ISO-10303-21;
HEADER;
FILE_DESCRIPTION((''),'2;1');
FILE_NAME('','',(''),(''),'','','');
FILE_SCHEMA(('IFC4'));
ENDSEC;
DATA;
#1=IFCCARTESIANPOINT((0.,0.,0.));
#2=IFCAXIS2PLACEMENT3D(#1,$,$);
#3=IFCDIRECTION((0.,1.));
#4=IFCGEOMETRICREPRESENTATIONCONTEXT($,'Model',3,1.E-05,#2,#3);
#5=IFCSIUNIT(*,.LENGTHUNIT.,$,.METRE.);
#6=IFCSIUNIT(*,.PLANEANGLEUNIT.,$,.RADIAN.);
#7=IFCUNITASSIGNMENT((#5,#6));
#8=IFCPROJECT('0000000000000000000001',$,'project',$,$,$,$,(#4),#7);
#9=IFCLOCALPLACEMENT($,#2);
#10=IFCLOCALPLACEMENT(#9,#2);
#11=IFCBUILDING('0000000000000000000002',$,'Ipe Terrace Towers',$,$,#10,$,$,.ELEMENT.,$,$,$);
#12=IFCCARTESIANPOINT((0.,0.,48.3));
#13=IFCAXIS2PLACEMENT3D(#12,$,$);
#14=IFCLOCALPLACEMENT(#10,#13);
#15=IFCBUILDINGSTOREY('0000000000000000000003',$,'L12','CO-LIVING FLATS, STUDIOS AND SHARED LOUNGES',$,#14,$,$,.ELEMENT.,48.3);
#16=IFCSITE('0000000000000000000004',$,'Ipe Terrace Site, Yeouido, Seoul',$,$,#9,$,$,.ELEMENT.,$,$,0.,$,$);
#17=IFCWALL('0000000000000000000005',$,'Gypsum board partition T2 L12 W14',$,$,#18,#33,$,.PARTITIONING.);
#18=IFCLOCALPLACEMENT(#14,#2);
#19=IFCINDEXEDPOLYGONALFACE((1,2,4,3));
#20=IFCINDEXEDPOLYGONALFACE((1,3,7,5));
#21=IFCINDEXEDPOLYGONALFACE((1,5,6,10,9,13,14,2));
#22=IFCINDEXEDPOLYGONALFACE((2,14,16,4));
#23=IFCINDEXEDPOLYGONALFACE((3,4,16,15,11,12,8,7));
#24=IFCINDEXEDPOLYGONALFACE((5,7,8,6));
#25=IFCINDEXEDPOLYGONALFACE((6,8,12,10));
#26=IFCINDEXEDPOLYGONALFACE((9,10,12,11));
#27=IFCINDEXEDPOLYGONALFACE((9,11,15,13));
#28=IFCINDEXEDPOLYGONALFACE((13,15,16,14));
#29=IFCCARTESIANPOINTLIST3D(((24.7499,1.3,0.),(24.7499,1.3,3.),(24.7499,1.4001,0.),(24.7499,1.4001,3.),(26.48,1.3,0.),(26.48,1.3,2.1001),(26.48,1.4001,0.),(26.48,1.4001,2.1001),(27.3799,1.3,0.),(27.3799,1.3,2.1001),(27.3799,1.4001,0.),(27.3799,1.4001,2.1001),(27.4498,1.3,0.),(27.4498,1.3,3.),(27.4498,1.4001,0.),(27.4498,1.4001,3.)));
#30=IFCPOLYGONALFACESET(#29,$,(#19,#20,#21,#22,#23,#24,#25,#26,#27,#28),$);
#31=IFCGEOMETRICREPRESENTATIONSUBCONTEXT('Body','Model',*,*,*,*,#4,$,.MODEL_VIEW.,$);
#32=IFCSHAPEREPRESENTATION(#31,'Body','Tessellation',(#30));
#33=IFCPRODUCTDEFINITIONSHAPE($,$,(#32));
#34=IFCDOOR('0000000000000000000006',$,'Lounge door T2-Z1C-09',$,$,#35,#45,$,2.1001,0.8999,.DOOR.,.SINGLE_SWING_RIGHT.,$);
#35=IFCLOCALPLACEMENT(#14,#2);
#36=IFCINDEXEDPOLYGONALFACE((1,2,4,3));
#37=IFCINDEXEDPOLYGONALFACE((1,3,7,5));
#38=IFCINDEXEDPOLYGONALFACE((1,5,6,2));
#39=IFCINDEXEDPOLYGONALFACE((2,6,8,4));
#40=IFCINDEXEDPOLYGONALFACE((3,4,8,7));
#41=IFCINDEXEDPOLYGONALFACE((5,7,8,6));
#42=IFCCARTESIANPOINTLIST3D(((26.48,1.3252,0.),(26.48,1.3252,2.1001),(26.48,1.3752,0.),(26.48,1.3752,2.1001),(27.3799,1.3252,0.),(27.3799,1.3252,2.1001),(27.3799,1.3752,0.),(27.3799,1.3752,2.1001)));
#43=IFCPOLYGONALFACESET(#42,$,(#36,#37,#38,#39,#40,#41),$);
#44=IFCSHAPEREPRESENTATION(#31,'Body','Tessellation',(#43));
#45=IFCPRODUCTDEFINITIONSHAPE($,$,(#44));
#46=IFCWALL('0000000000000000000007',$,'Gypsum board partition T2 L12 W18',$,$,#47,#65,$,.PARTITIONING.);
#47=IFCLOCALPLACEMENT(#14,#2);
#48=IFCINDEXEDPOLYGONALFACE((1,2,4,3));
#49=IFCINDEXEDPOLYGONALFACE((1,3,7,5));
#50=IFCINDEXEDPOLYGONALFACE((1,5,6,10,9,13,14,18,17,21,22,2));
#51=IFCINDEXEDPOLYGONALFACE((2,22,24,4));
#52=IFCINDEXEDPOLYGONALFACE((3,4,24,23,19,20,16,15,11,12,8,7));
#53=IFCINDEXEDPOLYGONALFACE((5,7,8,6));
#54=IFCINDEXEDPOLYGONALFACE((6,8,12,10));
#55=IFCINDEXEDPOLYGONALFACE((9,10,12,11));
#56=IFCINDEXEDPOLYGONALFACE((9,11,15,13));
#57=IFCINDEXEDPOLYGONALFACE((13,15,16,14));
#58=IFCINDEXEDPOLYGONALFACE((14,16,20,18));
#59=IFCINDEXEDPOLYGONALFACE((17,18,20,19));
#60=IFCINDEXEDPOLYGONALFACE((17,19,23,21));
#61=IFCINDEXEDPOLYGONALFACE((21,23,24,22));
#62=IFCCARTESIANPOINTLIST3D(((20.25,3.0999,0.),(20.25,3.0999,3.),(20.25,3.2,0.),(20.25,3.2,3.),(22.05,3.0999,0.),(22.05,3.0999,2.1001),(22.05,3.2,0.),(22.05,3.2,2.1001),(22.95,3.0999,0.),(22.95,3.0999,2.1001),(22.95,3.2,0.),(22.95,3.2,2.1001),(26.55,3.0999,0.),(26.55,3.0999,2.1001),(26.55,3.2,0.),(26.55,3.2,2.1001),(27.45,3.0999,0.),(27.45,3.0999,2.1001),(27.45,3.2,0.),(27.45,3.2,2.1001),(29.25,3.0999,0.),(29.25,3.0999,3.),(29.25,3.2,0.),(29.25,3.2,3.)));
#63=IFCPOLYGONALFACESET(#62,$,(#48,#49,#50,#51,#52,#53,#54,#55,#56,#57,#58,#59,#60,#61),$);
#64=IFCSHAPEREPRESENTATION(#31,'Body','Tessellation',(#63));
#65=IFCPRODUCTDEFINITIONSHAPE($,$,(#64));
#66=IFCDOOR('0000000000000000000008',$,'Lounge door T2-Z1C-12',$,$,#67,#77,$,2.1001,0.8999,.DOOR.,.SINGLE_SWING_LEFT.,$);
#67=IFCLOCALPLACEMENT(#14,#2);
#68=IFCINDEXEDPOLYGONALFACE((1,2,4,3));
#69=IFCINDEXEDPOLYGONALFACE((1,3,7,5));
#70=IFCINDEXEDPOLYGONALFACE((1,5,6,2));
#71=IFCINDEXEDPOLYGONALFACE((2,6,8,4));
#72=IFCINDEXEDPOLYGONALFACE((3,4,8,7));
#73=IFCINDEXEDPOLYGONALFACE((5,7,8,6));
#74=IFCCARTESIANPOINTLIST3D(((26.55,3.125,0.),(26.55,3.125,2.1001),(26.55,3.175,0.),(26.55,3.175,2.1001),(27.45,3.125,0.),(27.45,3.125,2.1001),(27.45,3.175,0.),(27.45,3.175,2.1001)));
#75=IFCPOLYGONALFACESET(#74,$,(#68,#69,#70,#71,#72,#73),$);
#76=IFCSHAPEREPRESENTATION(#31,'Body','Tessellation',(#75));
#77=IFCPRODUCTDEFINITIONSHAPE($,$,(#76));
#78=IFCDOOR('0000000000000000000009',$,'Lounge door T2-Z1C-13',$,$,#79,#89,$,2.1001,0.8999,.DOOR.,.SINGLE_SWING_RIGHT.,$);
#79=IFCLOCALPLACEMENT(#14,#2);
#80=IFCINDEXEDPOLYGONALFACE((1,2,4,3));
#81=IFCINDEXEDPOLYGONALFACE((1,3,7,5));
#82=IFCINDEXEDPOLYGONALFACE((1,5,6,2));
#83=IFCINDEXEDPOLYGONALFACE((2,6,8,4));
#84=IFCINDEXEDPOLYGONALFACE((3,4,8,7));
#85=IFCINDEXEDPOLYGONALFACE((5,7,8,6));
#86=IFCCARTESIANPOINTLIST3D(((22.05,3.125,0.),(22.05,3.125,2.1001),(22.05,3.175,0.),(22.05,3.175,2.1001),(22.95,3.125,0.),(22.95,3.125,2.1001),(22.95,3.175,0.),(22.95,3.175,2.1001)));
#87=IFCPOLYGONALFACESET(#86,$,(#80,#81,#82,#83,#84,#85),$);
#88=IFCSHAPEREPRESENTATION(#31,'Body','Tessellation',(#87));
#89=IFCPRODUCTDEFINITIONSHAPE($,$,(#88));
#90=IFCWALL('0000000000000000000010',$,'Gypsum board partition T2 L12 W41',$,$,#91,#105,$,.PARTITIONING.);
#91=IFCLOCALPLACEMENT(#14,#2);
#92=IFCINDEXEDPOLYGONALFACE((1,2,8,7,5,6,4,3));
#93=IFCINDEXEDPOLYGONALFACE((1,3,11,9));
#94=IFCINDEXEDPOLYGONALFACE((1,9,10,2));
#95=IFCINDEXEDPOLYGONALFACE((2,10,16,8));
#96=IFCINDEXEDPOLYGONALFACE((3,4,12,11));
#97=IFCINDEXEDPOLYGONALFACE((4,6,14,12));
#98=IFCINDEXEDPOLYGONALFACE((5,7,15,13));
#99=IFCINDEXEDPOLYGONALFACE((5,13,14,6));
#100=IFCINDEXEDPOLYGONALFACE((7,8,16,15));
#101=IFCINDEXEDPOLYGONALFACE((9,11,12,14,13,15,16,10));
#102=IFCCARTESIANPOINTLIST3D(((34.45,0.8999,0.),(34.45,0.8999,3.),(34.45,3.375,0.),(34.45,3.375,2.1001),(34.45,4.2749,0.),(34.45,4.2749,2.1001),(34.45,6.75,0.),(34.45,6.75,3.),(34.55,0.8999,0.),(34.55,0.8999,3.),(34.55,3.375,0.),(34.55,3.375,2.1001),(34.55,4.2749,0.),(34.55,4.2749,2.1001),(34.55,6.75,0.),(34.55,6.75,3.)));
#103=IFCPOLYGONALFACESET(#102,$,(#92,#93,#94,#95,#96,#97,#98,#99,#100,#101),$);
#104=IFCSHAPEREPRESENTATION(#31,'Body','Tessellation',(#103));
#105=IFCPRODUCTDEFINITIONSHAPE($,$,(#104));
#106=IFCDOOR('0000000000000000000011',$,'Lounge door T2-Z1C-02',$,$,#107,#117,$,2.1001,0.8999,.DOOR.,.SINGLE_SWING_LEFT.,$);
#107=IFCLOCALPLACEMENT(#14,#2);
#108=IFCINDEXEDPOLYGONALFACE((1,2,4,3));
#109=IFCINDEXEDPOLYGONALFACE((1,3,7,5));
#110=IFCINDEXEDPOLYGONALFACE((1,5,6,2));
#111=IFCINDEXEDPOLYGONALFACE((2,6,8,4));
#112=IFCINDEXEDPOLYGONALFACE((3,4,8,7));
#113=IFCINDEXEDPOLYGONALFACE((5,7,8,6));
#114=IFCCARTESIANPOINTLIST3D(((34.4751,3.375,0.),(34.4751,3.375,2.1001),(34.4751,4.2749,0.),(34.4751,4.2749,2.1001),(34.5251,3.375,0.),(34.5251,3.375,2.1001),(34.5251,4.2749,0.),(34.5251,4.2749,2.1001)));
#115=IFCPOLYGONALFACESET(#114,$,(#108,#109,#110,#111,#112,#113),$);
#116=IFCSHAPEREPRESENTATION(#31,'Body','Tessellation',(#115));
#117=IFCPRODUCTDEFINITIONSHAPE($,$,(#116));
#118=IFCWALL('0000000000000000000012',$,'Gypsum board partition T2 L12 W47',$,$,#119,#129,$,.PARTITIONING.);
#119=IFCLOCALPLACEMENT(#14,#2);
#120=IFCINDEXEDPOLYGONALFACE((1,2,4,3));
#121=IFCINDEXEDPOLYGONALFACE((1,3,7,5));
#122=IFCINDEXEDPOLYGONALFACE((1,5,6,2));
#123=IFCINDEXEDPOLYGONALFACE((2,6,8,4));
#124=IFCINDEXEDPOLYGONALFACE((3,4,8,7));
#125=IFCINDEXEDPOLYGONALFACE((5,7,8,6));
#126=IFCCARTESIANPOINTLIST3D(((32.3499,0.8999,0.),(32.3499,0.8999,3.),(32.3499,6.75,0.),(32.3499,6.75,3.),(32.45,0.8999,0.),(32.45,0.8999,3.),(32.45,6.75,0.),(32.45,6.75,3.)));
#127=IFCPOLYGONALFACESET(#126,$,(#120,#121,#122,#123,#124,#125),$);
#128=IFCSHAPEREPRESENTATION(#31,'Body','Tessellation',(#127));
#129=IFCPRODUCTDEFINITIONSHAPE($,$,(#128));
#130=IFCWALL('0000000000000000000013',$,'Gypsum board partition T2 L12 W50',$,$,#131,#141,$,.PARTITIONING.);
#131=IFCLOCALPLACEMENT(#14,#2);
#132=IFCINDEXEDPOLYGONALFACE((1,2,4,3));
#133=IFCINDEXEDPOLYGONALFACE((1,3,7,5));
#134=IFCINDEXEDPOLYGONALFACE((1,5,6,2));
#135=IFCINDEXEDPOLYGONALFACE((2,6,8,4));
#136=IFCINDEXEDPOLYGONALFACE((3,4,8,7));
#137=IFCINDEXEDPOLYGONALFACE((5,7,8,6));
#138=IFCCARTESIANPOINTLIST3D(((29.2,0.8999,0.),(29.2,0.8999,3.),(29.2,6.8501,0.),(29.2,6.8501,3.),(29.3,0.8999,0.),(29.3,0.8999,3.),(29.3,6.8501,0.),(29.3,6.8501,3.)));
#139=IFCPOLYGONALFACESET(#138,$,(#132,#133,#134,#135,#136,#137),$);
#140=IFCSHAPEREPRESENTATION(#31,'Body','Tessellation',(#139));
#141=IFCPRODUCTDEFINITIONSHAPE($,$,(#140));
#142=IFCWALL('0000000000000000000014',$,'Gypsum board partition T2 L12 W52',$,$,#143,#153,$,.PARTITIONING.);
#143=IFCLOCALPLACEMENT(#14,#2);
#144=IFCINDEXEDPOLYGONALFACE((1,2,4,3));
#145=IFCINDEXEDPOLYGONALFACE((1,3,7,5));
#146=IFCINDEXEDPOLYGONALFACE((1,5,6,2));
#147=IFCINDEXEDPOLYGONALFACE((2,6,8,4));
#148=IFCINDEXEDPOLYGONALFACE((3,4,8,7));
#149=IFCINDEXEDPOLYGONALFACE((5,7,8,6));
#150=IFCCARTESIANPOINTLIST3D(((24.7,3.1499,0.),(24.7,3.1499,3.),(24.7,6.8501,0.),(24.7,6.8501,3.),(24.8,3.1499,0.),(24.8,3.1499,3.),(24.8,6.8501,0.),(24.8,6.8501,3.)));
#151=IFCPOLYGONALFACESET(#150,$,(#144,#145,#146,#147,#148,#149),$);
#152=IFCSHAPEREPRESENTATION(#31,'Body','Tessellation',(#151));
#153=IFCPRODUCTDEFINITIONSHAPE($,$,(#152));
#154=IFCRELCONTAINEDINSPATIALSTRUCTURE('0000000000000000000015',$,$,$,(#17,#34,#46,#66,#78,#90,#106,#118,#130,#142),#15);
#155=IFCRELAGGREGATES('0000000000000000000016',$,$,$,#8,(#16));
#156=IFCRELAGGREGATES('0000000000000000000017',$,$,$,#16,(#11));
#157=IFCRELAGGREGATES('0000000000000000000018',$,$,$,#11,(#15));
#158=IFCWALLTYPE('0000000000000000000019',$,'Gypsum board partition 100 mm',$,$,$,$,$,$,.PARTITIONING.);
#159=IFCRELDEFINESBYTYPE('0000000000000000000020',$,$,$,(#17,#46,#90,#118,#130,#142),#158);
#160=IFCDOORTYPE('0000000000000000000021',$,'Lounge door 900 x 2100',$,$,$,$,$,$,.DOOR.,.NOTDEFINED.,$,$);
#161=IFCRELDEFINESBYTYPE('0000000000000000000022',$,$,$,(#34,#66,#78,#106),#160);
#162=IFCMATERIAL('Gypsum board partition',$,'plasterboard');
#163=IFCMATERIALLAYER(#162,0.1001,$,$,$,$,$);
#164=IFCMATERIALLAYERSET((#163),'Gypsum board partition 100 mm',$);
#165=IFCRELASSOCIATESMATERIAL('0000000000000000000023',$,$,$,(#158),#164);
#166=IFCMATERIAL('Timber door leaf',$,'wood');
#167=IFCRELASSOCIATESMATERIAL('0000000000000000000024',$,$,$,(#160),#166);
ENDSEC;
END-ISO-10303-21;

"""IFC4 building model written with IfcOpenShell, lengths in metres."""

from ifc_helpers import new_model, si_unit, direction, frame, frame_2d, origin, place, context, subcontext, project, spatial, rectangle, extrude, material, layer, layer_set, type_object, element, fill, save


model = new_model("IFC4")

# Units and contexts
model_context = context("Model", 3, precision=1e-05, world=origin(), true_north=direction((0.0, 1.0)))
body_context = subcontext(model_context, "Body", "Model", "MODEL_VIEW")
ifc_project = project(units=[si_unit("LENGTHUNIT", "METRE"), si_unit("PLANEANGLEUNIT", "RADIAN")], contexts=[model_context])

# Site, building, storey
site_placement = place(None, origin())
site = spatial("IfcSite", under=ifc_project, at=site_placement, Name="Ipe Terrace Site, Yeouido, Seoul", CompositionType="ELEMENT", RefElevation=0.0)
building_placement = place(site_placement, origin())
building = spatial("IfcBuilding", under=site, at=building_placement, Name="Ipe Terrace Towers", CompositionType="ELEMENT")
storey_placement = place(building_placement, frame((0.0, 0.0, 48.3)))
storey = spatial("IfcBuildingStorey", under=building, at=storey_placement, Name="L12", Description="CO-LIVING FLATS, STUDIOS AND SHARED LOUNGES", CompositionType="ELEMENT", Elevation=48.3)

# Wall, opening, door
ifc_material_1 = material(Name="Gypsum board partition", Category="plasterboard")
ifc_layer_1 = layer(ifc_material_1, 0.1001)
ifc_layer_set_1 = layer_set([ifc_layer_1], Name="Gypsum board partition 100 mm")
wall_type_1 = type_object("IfcWallType", Name="Gypsum board partition 100 mm", PredefinedType="PARTITIONING", material=ifc_layer_set_1)
ifc_material_2 = material(Name="Timber door leaf", Category="wood")
door_type_1 = type_object("IfcDoorType", Name="Lounge door 900 x 2100", OperationType="NOTDEFINED", PredefinedType="DOOR", material=ifc_material_2)
wall_1_placement = place(storey_placement, frame((27.45, 1.3501, 0.0), z_axis=(0.0, 0.0, 1.0), x_axis=(-1.0, 0.0, 0.0)))
wall_1 = element("IfcWall", 1, at=wall_1_placement, inside=storey, type_object=wall_type_1, Name="Gypsum board partition T2 L12 W14", PredefinedType="PARTITIONING", context=body_context, shape_type="SweptSolid", body=[
    extrude(rectangle(XDim=2.7, YDim=0.1001, at=frame_2d((1.3501, 0.0))), origin(), (0.0, 0.0, 1.0), 3.0),
])
opening_1_placement = place(wall_1_placement, frame((0.0701, 0.0, 0.0)))
opening_1 = element("IfcOpeningElement", 2, at=opening_1_placement, cuts=wall_1, PredefinedType="OPENING", context=body_context, shape_type="SweptSolid", body=[
    extrude(rectangle(XDim=0.8999, YDim=2.1001, at=frame_2d((0.45, 1.05))), frame((0.0, 0.0601, 0.0), z_axis=(0.0, -1.0, 0.0), x_axis=(1.0, 0.0, 0.0)), (0.0, 0.0, 1.0), 0.1201),
])
door_1_placement = place(opening_1_placement, origin())
door_1 = element("IfcDoor", 3, at=door_1_placement, inside=storey, type_object=door_type_1, Name="Lounge door T2-Z1C-09", OperationType="SINGLE_SWING_RIGHT", OverallHeight=2.1001, OverallWidth=0.8999, PredefinedType="DOOR", context=body_context, shape_type="SweptSolid", body=[
    extrude(rectangle(XDim=0.8999, YDim=2.1001, at=frame_2d((0.45, 1.05))), frame((0.0, 0.0249, 0.0), z_axis=(0.0, -1.0, 0.0), x_axis=(1.0, 0.0, 0.0)), (0.0, 0.0, 1.0), 0.05),
])
fill(opening_1, door_1)

# Wall, openings, doors
wall_2_placement = place(storey_placement, frame((29.25, 3.1499, 0.0), z_axis=(0.0, 0.0, 1.0), x_axis=(-1.0, 0.0, 0.0)))
wall_2 = element("IfcWall", 4, at=wall_2_placement, inside=storey, type_object=wall_type_1, Name="Gypsum board partition T2 L12 W18", PredefinedType="PARTITIONING", context=body_context, shape_type="SweptSolid", body=[
    extrude(rectangle(XDim=9.0, YDim=0.1001, at=frame_2d((4.5, 0.0))), origin(), (0.0, 0.0, 1.0), 3.0),
])
opening_2_placement = place(wall_2_placement, frame((1.8, 0.0, 0.0)))
opening_2 = element("IfcOpeningElement", 5, at=opening_2_placement, cuts=wall_2, PredefinedType="OPENING", context=body_context, shape_type="SweptSolid", body=[
    extrude(rectangle(XDim=0.8999, YDim=2.1001, at=frame_2d((0.45, 1.05))), frame((0.0, 0.0601, 0.0), z_axis=(0.0, -1.0, 0.0), x_axis=(1.0, 0.0, 0.0)), (0.0, 0.0, 1.0), 0.1201),
])
opening_3_placement = place(wall_2_placement, frame((6.3, 0.0, 0.0)))
opening_3 = element("IfcOpeningElement", 6, at=opening_3_placement, cuts=wall_2, PredefinedType="OPENING", context=body_context, shape_type="SweptSolid", body=[
    extrude(rectangle(XDim=0.8999, YDim=2.1001, at=frame_2d((0.45, 1.05))), frame((0.0, 0.0601, 0.0), z_axis=(0.0, -1.0, 0.0), x_axis=(1.0, 0.0, 0.0)), (0.0, 0.0, 1.0), 0.1201),
])
door_2_placement = place(opening_2_placement, origin())
door_2 = element("IfcDoor", 7, at=door_2_placement, inside=storey, type_object=door_type_1, Name="Lounge door T2-Z1C-12", OperationType="SINGLE_SWING_LEFT", OverallHeight=2.1001, OverallWidth=0.8999, PredefinedType="DOOR", context=body_context, shape_type="SweptSolid", body=[
    extrude(rectangle(XDim=0.8999, YDim=2.1001, at=frame_2d((0.45, 1.05))), frame((0.0, 0.0249, 0.0), z_axis=(0.0, -1.0, 0.0), x_axis=(1.0, 0.0, 0.0)), (0.0, 0.0, 1.0), 0.05),
])
fill(opening_2, door_2)
door_3_placement = place(opening_3_placement, origin())
door_3 = element("IfcDoor", 8, at=door_3_placement, inside=storey, type_object=door_type_1, Name="Lounge door T2-Z1C-13", OperationType="SINGLE_SWING_RIGHT", OverallHeight=2.1001, OverallWidth=0.8999, PredefinedType="DOOR", context=body_context, shape_type="SweptSolid", body=[
    extrude(rectangle(XDim=0.8999, YDim=2.1001, at=frame_2d((0.45, 1.05))), frame((0.0, 0.0249, 0.0), z_axis=(0.0, -1.0, 0.0), x_axis=(1.0, 0.0, 0.0)), (0.0, 0.0, 1.0), 0.05),
])
fill(opening_3, door_3)

# Wall, opening, door
wall_3_placement = place(storey_placement, frame((34.5, 0.8999, 0.0), z_axis=(0.0, 0.0, 1.0), x_axis=(0.0, 1.0, 0.0)))
wall_3 = element("IfcWall", 9, at=wall_3_placement, inside=storey, type_object=wall_type_1, Name="Gypsum board partition T2 L12 W41", PredefinedType="PARTITIONING", context=body_context, shape_type="SweptSolid", body=[
    extrude(rectangle(XDim=5.8501, YDim=0.1001, at=frame_2d((2.925, 0.0))), origin(), (0.0, 0.0, 1.0), 3.0),
])
opening_4_placement = place(wall_3_placement, frame((2.4751, 0.0, 0.0)))
opening_4 = element("IfcOpeningElement", 10, at=opening_4_placement, cuts=wall_3, PredefinedType="OPENING", context=body_context, shape_type="SweptSolid", body=[
    extrude(rectangle(XDim=0.8999, YDim=2.1001, at=frame_2d((0.45, 1.05))), frame((0.0, 0.0601, 0.0), z_axis=(0.0, -1.0, 0.0), x_axis=(1.0, 0.0, 0.0)), (0.0, 0.0, 1.0), 0.1201),
])
door_4_placement = place(opening_4_placement, origin())
door_4 = element("IfcDoor", 11, at=door_4_placement, inside=storey, type_object=door_type_1, Name="Lounge door T2-Z1C-02", OperationType="SINGLE_SWING_LEFT", OverallHeight=2.1001, OverallWidth=0.8999, PredefinedType="DOOR", context=body_context, shape_type="SweptSolid", body=[
    extrude(rectangle(XDim=0.8999, YDim=2.1001, at=frame_2d((0.45, 1.05))), frame((0.0, 0.0249, 0.0), z_axis=(0.0, -1.0, 0.0), x_axis=(1.0, 0.0, 0.0)), (0.0, 0.0, 1.0), 0.05),
])
fill(opening_4, door_4)

# Walls
wall_4_placement = place(storey_placement, frame((32.3999, 0.8999, 0.0), z_axis=(0.0, 0.0, 1.0), x_axis=(0.0, 1.0, 0.0)))
element("IfcWall", 12, at=wall_4_placement, inside=storey, type_object=wall_type_1, Name="Gypsum board partition T2 L12 W47", PredefinedType="PARTITIONING", context=body_context, shape_type="SweptSolid", body=[
    extrude(rectangle(XDim=5.8501, YDim=0.1001, at=frame_2d((2.925, 0.0))), origin(), (0.0, 0.0, 1.0), 3.0),
])
wall_5_placement = place(storey_placement, frame((29.25, 0.8999, 0.0), z_axis=(0.0, 0.0, 1.0), x_axis=(0.0, 1.0, 0.0)))
element("IfcWall", 13, at=wall_5_placement, inside=storey, type_object=wall_type_1, Name="Gypsum board partition T2 L12 W50", PredefinedType="PARTITIONING", context=body_context, shape_type="SweptSolid", body=[
    extrude(rectangle(XDim=5.9502, YDim=0.1001, at=frame_2d((2.9751, 0.0))), origin(), (0.0, 0.0, 1.0), 3.0),
])
wall_6_placement = place(storey_placement, frame((24.75, 3.1499, 0.0), z_axis=(0.0, 0.0, 1.0), x_axis=(0.0, 1.0, 0.0)))
element("IfcWall", 14, at=wall_6_placement, inside=storey, type_object=wall_type_1, Name="Gypsum board partition T2 L12 W52", PredefinedType="PARTITIONING", context=body_context, shape_type="SweptSolid", body=[
    extrude(rectangle(XDim=3.7002, YDim=0.1001, at=frame_2d((1.8501, 0.0))), origin(), (0.0, 0.0, 1.0), 3.0),
])

save(model, "model.ifc")
